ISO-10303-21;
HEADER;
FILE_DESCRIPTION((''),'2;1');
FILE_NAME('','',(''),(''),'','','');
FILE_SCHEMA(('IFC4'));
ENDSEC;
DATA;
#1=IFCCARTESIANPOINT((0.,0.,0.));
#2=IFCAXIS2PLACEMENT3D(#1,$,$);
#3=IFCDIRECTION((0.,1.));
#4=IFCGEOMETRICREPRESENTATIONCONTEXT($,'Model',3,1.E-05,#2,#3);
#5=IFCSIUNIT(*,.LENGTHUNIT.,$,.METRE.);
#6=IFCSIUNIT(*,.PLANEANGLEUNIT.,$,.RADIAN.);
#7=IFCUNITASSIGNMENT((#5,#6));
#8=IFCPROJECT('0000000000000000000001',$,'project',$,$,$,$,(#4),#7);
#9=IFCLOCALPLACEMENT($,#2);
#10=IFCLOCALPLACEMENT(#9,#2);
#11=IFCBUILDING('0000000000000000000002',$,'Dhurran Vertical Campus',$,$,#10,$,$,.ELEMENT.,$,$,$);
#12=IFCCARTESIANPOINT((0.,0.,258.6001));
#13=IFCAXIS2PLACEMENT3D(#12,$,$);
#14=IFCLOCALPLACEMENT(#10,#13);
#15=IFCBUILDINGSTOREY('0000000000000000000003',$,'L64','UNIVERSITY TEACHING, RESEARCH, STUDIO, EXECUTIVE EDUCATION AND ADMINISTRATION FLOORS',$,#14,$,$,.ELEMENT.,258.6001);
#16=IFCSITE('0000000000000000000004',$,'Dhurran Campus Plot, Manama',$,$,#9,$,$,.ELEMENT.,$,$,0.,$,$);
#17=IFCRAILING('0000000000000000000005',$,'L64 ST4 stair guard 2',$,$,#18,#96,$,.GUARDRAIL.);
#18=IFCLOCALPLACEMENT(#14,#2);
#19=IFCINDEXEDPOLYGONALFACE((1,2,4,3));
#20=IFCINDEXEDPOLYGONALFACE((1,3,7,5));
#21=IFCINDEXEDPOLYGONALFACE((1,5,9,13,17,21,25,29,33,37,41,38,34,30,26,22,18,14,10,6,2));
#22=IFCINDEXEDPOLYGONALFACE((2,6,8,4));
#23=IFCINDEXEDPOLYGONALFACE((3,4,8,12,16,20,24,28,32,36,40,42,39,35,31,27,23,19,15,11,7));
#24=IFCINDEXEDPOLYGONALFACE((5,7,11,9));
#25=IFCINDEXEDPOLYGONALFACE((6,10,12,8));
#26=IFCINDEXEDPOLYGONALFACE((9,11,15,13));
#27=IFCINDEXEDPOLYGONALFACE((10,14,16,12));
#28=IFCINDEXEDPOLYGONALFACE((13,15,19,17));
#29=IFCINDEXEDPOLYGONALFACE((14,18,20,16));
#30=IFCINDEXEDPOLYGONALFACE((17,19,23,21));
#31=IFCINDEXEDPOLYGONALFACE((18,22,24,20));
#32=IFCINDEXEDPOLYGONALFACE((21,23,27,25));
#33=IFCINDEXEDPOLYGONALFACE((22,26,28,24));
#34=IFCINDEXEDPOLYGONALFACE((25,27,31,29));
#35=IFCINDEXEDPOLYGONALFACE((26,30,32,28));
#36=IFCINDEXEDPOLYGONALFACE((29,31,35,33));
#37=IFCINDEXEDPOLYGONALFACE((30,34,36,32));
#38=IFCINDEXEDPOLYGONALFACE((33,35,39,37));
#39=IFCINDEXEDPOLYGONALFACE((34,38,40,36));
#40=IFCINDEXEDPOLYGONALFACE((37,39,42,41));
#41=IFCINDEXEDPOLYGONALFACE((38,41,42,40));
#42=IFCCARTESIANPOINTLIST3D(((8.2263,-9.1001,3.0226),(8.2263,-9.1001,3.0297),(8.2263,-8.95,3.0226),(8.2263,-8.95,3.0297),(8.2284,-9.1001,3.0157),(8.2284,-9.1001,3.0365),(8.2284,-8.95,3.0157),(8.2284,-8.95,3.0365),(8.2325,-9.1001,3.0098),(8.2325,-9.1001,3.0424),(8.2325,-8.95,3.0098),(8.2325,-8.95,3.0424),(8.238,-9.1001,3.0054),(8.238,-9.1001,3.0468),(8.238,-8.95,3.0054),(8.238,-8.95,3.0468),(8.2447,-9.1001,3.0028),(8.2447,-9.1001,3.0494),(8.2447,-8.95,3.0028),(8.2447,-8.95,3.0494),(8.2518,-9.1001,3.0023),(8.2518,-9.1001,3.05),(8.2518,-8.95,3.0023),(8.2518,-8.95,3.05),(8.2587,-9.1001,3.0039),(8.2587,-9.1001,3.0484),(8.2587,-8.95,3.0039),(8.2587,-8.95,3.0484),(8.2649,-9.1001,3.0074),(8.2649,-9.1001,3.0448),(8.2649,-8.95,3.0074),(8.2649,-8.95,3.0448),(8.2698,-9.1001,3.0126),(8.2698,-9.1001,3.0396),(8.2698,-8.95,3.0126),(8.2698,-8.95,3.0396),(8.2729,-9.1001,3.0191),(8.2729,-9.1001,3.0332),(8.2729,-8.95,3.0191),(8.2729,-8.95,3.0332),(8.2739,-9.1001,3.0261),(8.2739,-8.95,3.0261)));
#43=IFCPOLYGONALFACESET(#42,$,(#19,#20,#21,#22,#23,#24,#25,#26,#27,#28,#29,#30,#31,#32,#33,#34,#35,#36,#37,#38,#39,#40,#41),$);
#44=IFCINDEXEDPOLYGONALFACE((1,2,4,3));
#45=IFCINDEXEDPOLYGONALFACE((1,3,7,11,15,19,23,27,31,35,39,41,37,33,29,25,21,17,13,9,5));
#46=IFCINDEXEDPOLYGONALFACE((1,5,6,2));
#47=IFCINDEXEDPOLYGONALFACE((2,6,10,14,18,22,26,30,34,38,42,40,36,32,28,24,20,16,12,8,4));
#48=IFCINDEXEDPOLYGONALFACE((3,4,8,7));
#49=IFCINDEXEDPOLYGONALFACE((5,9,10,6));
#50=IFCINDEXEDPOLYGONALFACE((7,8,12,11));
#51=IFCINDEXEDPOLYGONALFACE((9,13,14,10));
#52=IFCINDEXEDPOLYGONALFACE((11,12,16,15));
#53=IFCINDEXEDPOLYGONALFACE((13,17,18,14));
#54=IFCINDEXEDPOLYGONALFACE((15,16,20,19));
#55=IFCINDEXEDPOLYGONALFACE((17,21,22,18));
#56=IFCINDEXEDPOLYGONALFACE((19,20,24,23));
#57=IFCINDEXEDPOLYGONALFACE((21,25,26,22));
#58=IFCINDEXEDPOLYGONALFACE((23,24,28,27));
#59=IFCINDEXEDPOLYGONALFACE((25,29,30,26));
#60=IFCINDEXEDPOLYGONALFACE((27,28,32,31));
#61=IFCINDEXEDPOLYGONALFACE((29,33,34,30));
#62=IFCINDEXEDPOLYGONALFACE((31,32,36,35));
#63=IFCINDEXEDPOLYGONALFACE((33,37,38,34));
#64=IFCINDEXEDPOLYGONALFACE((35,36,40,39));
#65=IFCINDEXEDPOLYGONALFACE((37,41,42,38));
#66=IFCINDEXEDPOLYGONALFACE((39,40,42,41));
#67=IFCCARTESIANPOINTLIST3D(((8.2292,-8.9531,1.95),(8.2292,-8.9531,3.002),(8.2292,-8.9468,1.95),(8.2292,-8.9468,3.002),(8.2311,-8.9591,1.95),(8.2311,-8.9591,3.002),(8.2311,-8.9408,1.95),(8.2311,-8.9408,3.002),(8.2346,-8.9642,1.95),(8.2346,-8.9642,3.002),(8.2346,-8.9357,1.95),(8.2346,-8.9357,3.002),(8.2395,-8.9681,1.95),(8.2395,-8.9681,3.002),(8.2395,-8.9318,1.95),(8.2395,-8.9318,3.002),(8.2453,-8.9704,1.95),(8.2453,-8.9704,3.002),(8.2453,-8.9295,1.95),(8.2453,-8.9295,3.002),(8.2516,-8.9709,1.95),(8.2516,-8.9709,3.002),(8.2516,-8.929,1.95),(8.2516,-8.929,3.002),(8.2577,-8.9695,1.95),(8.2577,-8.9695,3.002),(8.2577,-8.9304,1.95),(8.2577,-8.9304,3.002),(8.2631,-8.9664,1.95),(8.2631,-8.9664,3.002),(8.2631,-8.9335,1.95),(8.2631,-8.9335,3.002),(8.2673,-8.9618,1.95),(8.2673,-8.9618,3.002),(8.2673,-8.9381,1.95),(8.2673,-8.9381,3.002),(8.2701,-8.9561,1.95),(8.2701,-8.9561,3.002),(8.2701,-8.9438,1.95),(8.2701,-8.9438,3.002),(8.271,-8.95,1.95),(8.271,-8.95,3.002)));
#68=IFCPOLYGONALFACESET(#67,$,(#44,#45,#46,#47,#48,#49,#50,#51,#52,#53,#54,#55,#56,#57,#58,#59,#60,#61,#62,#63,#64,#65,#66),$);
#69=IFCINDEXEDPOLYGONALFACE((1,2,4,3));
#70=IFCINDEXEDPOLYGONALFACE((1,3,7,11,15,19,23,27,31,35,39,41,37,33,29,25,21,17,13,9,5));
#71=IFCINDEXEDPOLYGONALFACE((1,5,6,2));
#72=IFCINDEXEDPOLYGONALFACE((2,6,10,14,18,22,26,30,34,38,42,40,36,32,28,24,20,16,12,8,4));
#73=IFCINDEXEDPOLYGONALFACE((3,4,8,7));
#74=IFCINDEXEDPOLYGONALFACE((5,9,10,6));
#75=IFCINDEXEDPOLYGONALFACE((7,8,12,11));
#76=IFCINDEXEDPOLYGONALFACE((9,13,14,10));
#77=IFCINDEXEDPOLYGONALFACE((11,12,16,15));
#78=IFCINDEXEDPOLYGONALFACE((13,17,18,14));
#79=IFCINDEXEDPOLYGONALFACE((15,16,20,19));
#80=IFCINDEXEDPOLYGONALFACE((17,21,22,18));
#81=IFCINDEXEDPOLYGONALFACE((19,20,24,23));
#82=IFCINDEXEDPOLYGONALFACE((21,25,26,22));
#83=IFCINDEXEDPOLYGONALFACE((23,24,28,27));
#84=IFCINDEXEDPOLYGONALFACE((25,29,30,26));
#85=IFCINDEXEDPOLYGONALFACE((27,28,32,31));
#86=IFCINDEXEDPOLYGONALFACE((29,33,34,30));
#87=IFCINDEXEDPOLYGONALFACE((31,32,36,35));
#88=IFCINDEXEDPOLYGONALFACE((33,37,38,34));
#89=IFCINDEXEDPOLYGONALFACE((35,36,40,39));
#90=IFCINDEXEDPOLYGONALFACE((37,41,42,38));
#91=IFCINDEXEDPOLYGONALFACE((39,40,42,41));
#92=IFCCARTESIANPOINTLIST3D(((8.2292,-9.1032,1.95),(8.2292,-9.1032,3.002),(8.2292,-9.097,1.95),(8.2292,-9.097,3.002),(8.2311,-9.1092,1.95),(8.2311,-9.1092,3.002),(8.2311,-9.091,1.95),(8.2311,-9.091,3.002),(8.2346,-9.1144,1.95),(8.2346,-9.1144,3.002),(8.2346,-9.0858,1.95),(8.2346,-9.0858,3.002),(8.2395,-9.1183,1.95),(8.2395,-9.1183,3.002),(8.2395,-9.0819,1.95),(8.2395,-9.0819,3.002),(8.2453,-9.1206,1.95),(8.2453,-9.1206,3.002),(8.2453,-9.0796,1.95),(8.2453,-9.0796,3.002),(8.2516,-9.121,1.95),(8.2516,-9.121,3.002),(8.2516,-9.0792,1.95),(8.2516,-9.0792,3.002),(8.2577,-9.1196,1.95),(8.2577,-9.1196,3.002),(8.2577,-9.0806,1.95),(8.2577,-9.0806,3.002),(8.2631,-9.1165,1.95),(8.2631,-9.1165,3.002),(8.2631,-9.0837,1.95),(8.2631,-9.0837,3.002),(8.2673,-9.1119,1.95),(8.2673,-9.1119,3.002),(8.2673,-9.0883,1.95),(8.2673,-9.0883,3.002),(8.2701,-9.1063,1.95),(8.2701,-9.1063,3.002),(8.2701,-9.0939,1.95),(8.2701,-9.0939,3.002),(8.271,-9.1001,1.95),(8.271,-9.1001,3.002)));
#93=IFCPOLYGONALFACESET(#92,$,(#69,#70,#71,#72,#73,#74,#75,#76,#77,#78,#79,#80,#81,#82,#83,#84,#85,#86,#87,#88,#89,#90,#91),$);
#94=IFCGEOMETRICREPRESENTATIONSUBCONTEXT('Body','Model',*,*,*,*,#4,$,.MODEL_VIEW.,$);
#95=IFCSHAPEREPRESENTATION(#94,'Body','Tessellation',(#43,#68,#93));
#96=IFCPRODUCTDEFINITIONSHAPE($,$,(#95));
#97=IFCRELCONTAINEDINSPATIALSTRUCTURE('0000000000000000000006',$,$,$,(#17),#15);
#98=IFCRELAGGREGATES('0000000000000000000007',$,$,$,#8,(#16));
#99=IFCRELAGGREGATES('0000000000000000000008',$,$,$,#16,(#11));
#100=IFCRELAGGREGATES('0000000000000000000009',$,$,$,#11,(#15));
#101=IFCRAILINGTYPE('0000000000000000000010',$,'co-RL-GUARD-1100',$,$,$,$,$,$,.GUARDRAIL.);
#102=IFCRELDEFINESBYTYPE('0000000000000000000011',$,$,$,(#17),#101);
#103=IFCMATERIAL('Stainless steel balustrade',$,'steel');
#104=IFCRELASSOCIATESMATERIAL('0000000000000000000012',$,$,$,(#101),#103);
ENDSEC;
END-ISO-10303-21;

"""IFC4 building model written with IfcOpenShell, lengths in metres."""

from ifc_helpers import new_model, si_unit, direction, frame, origin, origin_2d, place, context, subcontext, project, spatial, circle, extrude, material, type_object, element, save


model = new_model("IFC4")

# Units and contexts
model_context = context("Model", 3, precision=1e-05, world=origin(), true_north=direction((0.0, 1.0)))
body_context = subcontext(model_context, "Body", "Model", "MODEL_VIEW")
ifc_project = project(units=[si_unit("LENGTHUNIT", "METRE"), si_unit("PLANEANGLEUNIT", "RADIAN")], contexts=[model_context])

# Site, building, storey
site_placement = place(None, origin())
site = spatial("IfcSite", under=ifc_project, at=site_placement, Name="Dhurran Campus Plot, Manama", CompositionType="ELEMENT", RefElevation=0.0)
building_placement = place(site_placement, origin())
building = spatial("IfcBuilding", under=site, at=building_placement, Name="Dhurran Vertical Campus", CompositionType="ELEMENT")
storey_placement = place(building_placement, frame((0.0, 0.0, 258.6001)))
storey = spatial("IfcBuildingStorey", under=building, at=storey_placement, Name="L64", Description="UNIVERSITY TEACHING, RESEARCH, STUDIO, EXECUTIVE EDUCATION AND ADMINISTRATION FLOORS", CompositionType="ELEMENT", Elevation=258.6001)

# Railing
ifc_material_1 = material(Name="Stainless steel balustrade", Category="steel")
railing_type_1 = type_object("IfcRailingType", Name="co-RL-GUARD-1100", PredefinedType="GUARDRAIL", material=ifc_material_1)
railing_1_placement = place(storey_placement, frame((8.25, -8.95, 1.95)))
element("IfcRailing", 1, at=railing_1_placement, inside=storey, type_object=railing_type_1, Name="L64 ST4 stair guard 2", PredefinedType="GUARDRAIL", context=body_context, shape_type="SweptSolid", body=[
    extrude(circle(Radius=0.0239, at=origin_2d()), frame((0.0, 0.0, 1.0762), z_axis=(0.0, -1.0, 0.0), x_axis=(1.0, 0.0, 0.0)), (0.0, 0.0, 1.0), 0.1501),
    extrude(circle(Radius=0.021, at=origin_2d()), origin(), (0.0, 0.0, 1.0), 1.052),
    extrude(circle(Radius=0.021, at=origin_2d()), frame((0.0, -0.1501, 0.0)), (0.0, 0.0, 1.0), 1.052),
])

save(model, "model.ifc")
